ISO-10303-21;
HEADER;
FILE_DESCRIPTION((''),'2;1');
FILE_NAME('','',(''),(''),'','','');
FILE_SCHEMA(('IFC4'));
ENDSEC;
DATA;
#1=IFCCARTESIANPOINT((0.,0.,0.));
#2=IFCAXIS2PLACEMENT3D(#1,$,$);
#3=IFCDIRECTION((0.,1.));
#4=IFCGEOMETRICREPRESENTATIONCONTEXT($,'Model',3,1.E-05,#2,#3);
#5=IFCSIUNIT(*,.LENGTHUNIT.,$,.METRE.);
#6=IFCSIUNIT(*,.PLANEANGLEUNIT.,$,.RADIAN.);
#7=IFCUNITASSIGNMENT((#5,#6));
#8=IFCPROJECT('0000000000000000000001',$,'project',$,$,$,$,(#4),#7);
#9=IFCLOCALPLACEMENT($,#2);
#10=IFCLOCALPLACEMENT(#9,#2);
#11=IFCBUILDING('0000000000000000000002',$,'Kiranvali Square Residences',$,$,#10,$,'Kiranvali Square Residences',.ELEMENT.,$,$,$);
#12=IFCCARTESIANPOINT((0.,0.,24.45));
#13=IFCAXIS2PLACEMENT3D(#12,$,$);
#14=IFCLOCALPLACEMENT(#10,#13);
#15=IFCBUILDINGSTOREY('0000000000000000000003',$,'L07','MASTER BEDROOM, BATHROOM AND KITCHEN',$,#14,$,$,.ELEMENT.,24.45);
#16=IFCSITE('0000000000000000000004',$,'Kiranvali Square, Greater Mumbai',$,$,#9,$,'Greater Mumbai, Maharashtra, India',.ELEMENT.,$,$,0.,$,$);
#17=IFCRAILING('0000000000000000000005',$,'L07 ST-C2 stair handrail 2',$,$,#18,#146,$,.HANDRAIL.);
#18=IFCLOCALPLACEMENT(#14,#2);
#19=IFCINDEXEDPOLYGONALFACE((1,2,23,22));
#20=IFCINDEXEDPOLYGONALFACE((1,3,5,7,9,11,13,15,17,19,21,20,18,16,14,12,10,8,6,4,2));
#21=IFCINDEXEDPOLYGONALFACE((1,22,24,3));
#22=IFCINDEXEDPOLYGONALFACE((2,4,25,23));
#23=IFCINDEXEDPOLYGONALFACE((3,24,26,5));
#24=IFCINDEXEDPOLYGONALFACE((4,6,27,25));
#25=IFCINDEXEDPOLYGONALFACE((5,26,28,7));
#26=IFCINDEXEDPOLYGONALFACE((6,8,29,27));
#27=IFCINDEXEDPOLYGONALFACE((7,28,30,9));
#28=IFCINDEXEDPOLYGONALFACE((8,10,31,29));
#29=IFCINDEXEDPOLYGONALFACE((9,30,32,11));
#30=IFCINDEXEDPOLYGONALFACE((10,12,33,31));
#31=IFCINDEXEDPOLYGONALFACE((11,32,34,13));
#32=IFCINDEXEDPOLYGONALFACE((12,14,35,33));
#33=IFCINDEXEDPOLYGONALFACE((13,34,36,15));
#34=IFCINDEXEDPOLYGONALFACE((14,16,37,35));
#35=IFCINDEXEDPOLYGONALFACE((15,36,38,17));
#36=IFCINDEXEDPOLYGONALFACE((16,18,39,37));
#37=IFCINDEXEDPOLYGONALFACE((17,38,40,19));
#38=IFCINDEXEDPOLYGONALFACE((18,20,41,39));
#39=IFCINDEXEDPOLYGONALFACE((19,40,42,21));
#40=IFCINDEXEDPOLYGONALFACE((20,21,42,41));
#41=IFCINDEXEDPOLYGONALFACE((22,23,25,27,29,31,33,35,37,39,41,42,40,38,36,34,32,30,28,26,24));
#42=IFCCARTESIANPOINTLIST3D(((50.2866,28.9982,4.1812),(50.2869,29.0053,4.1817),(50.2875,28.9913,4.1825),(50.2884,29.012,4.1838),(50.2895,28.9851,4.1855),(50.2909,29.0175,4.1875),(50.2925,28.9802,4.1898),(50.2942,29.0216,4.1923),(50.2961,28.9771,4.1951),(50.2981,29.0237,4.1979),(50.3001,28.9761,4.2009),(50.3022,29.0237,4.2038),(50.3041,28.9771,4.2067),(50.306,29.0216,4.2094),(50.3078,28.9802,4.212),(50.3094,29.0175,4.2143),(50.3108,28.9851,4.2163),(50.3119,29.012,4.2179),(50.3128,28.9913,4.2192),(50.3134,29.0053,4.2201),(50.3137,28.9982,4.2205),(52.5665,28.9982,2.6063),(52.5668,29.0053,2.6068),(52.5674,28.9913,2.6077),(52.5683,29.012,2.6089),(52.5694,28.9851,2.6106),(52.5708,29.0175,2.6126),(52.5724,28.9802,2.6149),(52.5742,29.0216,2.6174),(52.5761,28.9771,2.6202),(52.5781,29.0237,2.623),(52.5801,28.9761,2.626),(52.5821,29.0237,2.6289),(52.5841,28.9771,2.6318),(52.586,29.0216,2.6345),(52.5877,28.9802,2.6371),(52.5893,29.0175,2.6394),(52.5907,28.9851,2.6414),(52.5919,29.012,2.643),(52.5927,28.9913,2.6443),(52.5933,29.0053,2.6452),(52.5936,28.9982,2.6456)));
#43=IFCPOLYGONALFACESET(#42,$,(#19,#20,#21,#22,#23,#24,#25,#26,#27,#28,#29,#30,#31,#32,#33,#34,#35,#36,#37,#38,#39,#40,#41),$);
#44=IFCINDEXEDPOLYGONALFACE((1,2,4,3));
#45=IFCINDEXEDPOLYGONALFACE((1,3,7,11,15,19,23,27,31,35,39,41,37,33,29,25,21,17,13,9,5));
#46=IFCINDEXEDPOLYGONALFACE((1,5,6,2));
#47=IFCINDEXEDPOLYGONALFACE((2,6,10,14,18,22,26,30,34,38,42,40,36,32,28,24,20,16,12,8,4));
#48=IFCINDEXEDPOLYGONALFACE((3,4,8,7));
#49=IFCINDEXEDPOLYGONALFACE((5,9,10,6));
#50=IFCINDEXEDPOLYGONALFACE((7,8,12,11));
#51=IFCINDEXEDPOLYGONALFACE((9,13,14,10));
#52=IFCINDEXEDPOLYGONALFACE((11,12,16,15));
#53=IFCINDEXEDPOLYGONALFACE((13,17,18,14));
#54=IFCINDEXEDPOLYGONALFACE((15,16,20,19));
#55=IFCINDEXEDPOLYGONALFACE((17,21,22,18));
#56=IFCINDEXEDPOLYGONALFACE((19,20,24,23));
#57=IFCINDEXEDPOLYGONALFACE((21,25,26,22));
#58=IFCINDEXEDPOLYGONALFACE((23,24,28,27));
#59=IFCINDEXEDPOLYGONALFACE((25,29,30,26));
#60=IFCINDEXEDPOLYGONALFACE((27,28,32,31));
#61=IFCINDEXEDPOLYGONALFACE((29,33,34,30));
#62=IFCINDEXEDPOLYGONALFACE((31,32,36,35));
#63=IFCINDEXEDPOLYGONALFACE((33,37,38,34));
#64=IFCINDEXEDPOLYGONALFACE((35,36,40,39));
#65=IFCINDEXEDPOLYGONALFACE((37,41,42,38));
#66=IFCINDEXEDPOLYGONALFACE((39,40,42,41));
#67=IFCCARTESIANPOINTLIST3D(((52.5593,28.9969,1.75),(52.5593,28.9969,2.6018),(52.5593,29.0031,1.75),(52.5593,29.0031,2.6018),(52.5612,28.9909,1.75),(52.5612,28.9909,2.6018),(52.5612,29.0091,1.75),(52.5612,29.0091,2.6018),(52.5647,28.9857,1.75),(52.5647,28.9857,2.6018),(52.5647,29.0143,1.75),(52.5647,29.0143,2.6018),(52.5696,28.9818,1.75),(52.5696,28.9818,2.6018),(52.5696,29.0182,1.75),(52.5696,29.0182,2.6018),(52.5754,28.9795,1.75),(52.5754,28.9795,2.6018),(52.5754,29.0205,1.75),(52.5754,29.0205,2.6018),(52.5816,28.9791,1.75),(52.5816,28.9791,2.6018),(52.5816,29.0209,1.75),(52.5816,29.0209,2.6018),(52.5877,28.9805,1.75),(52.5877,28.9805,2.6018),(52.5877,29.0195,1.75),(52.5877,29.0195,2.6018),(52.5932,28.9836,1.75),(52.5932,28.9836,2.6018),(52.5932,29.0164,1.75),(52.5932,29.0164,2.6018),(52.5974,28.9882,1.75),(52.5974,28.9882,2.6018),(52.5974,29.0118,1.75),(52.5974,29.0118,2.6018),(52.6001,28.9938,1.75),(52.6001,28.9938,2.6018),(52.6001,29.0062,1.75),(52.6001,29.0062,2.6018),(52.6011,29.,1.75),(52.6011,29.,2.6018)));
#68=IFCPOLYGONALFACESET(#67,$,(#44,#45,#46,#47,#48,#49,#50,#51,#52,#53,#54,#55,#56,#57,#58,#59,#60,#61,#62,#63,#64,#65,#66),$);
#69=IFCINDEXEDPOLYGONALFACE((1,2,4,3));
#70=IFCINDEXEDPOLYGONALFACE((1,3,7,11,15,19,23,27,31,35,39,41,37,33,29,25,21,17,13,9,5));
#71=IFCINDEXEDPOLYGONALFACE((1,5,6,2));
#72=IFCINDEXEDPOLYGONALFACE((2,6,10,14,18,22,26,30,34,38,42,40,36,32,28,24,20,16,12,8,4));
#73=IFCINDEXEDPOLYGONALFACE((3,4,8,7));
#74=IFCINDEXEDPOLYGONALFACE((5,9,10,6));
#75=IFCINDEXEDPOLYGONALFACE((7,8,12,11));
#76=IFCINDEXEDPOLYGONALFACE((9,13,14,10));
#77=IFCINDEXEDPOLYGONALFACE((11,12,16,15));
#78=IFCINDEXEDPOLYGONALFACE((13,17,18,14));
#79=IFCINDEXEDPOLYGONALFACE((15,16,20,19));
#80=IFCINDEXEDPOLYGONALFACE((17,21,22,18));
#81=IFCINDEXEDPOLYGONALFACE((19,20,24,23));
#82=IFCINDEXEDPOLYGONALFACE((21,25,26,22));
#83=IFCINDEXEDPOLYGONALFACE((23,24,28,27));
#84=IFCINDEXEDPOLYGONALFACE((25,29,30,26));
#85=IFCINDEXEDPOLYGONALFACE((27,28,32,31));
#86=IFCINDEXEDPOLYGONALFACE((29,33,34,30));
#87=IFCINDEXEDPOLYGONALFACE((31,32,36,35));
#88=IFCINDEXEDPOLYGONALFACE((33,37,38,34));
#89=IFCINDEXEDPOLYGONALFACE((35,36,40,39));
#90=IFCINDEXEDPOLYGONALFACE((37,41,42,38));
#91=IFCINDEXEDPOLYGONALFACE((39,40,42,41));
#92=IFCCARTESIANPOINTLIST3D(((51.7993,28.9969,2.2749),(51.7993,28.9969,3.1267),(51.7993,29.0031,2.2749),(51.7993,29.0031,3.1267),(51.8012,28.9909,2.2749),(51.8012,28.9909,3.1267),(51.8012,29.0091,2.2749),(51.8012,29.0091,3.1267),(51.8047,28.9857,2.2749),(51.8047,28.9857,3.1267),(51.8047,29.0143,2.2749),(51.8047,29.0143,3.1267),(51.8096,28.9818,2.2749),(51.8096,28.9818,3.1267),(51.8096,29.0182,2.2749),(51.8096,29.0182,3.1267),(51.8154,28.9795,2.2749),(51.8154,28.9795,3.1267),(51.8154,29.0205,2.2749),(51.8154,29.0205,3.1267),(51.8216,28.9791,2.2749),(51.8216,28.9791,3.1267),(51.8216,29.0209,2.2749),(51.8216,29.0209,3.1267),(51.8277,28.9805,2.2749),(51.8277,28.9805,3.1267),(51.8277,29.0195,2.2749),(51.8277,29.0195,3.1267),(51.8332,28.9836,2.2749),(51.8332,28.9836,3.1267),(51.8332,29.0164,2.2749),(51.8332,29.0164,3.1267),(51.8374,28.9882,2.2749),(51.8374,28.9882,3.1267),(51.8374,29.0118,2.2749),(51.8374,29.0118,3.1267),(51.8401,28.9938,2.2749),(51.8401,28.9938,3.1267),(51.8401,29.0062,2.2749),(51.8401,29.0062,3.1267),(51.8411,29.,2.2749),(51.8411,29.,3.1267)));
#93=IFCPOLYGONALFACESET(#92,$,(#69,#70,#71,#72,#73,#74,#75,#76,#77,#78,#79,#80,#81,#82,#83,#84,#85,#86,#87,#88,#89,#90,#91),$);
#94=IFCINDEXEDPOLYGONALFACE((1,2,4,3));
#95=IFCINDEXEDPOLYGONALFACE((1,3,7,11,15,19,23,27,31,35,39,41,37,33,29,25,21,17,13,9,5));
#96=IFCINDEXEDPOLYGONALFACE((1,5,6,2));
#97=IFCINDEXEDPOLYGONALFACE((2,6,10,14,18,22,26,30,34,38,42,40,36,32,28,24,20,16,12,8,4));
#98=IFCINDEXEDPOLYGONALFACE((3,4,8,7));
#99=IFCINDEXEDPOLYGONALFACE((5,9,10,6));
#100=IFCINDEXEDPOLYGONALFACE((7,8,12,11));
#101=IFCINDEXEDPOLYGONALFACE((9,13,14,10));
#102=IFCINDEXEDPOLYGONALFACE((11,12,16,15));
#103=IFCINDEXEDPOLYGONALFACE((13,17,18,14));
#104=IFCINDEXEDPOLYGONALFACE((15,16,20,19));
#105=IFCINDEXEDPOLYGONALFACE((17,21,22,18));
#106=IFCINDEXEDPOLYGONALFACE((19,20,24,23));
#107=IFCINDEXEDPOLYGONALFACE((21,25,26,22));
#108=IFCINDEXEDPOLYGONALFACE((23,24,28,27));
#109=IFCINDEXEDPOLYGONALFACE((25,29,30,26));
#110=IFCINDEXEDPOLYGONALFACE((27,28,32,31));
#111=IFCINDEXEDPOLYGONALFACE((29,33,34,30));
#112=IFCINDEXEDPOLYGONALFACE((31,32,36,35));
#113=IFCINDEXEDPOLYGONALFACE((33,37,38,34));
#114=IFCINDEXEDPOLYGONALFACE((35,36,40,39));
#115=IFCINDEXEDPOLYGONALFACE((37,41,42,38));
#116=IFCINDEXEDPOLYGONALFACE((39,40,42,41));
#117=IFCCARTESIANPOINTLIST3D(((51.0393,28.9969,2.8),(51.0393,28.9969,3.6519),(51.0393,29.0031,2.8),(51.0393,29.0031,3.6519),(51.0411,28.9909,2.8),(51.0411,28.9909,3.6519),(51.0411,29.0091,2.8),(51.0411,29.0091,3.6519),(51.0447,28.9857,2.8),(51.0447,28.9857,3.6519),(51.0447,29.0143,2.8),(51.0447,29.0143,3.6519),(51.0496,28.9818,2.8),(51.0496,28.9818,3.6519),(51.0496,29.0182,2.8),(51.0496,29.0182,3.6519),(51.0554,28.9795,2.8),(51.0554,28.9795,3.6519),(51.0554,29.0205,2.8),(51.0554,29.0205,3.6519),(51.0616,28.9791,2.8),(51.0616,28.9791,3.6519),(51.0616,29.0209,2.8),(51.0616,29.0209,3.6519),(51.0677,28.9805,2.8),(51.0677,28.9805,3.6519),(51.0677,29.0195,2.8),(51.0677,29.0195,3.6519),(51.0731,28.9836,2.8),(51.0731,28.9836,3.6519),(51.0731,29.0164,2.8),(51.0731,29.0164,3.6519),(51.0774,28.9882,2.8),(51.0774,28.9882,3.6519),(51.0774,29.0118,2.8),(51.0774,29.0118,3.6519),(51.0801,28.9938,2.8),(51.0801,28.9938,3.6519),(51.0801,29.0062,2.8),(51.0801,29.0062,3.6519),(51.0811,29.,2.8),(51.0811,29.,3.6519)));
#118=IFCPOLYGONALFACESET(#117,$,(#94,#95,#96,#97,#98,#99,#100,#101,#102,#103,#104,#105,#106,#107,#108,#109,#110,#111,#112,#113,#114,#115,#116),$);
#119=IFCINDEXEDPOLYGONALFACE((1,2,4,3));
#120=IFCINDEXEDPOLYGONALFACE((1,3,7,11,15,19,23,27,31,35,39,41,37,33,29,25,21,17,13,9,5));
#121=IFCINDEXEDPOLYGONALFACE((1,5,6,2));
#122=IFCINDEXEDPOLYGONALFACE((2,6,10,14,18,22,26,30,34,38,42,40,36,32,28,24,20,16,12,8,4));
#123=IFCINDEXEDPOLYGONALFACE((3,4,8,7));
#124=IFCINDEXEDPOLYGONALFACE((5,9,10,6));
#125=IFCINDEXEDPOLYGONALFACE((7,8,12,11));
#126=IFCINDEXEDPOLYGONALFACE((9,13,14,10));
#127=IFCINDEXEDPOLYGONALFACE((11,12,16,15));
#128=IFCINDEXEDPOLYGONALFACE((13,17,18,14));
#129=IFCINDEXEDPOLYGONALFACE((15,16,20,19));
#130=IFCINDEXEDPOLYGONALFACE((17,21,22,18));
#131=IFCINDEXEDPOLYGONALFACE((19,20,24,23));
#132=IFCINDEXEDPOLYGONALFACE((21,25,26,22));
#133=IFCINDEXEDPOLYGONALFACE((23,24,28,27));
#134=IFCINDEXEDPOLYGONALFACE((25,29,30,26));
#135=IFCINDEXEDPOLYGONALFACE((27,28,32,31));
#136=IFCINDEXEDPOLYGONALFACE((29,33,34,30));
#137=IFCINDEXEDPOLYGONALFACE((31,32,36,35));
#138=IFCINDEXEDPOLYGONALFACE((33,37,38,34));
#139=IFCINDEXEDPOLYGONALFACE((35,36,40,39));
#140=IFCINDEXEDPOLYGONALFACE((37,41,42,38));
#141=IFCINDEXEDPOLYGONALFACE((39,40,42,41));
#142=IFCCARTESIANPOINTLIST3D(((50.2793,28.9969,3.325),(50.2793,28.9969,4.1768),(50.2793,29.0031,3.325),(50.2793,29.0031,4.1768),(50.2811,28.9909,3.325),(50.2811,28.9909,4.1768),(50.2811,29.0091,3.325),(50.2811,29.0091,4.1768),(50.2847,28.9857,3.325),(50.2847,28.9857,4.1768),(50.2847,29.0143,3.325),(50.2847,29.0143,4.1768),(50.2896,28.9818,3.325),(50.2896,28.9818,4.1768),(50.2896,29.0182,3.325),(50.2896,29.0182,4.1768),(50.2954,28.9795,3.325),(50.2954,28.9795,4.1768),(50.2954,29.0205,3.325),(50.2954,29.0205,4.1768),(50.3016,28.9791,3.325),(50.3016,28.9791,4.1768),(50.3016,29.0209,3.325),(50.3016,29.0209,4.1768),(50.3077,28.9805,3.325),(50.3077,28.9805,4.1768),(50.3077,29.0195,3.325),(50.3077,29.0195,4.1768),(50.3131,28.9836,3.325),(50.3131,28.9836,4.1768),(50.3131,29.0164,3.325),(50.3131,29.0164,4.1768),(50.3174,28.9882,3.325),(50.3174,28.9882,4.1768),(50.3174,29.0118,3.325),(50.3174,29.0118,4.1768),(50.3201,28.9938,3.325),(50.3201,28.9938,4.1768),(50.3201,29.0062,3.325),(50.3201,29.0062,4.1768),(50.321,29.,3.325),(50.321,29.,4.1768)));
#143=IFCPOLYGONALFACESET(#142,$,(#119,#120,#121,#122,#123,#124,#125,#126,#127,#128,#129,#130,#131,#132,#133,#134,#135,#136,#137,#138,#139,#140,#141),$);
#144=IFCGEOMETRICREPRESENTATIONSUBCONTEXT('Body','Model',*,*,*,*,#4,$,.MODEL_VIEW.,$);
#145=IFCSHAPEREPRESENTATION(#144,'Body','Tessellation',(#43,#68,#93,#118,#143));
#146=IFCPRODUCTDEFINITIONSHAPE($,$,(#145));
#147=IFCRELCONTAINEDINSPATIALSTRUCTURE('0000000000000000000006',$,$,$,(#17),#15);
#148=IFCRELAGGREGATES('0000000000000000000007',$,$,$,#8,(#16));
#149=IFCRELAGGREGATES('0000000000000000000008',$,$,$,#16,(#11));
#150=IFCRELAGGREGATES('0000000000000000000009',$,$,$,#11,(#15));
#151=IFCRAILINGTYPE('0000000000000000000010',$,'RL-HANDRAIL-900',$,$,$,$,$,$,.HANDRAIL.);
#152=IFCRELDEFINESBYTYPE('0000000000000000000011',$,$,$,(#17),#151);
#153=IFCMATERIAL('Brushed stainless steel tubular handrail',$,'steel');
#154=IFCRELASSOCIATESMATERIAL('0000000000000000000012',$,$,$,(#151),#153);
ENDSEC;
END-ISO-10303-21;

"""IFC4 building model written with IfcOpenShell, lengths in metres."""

from ifc_helpers import new_model, si_unit, direction, frame, origin, origin_2d, place, context, subcontext, project, spatial, circle, extrude, material, type_object, element, save


model = new_model("IFC4")

# Units and contexts
model_context = context("Model", 3, precision=1e-05, world=origin(), true_north=direction((0.0, 1.0)))
body_context = subcontext(model_context, "Body", "Model", "MODEL_VIEW")
ifc_project = project(units=[si_unit("LENGTHUNIT", "METRE"), si_unit("PLANEANGLEUNIT", "RADIAN")], contexts=[model_context])

# Site, building, storey
site_placement = place(None, origin())
site = spatial("IfcSite", under=ifc_project, at=site_placement, Name="Kiranvali Square, Greater Mumbai", LongName="Greater Mumbai, Maharashtra, India", CompositionType="ELEMENT", RefElevation=0.0)
building_placement = place(site_placement, origin())
building = spatial("IfcBuilding", under=site, at=building_placement, Name="Kiranvali Square Residences", LongName="Kiranvali Square Residences", CompositionType="ELEMENT")
storey_placement = place(building_placement, frame((0.0, 0.0, 24.45)))
storey = spatial("IfcBuildingStorey", under=building, at=storey_placement, Name="L07", Description="MASTER BEDROOM, BATHROOM AND KITCHEN", CompositionType="ELEMENT", Elevation=24.45)

# Railing
ifc_material_1 = material(Name="Brushed stainless steel tubular handrail", Category="steel")
railing_type_1 = type_object("IfcRailingType", Name="RL-HANDRAIL-900", PredefinedType="HANDRAIL", material=ifc_material_1)
railing_1_placement = place(storey_placement, frame((52.5801, 29.0, 1.75)))
element("IfcRailing", 1, at=railing_1_placement, inside=storey, type_object=railing_type_1, Name="L07 ST-C2 stair handrail 2", PredefinedType="HANDRAIL", context=body_context, shape_type="SweptSolid", body=[
    extrude(circle(Radius=0.0239, at=origin_2d()), frame((0.0, 0.0, 0.876), z_axis=(-0.822788, 0.0, 0.568348), x_axis=(0.0, -1.0, 0.0)), (0.0, 0.0, 1.0), 2.771),
    extrude(circle(Radius=0.021, at=origin_2d()), origin(), (0.0, 0.0, 1.0), 0.8518),
    extrude(circle(Radius=0.021, at=origin_2d()), frame((-0.76, 0.0, 0.5249)), (0.0, 0.0, 1.0), 0.8518),
    extrude(circle(Radius=0.021, at=origin_2d()), frame((-1.52, 0.0, 1.05)), (0.0, 0.0, 1.0), 0.8518),
    extrude(circle(Radius=0.021, at=origin_2d()), frame((-2.28, 0.0, 1.575)), (0.0, 0.0, 1.0), 0.8518),
])

save(model, "model.ifc")
